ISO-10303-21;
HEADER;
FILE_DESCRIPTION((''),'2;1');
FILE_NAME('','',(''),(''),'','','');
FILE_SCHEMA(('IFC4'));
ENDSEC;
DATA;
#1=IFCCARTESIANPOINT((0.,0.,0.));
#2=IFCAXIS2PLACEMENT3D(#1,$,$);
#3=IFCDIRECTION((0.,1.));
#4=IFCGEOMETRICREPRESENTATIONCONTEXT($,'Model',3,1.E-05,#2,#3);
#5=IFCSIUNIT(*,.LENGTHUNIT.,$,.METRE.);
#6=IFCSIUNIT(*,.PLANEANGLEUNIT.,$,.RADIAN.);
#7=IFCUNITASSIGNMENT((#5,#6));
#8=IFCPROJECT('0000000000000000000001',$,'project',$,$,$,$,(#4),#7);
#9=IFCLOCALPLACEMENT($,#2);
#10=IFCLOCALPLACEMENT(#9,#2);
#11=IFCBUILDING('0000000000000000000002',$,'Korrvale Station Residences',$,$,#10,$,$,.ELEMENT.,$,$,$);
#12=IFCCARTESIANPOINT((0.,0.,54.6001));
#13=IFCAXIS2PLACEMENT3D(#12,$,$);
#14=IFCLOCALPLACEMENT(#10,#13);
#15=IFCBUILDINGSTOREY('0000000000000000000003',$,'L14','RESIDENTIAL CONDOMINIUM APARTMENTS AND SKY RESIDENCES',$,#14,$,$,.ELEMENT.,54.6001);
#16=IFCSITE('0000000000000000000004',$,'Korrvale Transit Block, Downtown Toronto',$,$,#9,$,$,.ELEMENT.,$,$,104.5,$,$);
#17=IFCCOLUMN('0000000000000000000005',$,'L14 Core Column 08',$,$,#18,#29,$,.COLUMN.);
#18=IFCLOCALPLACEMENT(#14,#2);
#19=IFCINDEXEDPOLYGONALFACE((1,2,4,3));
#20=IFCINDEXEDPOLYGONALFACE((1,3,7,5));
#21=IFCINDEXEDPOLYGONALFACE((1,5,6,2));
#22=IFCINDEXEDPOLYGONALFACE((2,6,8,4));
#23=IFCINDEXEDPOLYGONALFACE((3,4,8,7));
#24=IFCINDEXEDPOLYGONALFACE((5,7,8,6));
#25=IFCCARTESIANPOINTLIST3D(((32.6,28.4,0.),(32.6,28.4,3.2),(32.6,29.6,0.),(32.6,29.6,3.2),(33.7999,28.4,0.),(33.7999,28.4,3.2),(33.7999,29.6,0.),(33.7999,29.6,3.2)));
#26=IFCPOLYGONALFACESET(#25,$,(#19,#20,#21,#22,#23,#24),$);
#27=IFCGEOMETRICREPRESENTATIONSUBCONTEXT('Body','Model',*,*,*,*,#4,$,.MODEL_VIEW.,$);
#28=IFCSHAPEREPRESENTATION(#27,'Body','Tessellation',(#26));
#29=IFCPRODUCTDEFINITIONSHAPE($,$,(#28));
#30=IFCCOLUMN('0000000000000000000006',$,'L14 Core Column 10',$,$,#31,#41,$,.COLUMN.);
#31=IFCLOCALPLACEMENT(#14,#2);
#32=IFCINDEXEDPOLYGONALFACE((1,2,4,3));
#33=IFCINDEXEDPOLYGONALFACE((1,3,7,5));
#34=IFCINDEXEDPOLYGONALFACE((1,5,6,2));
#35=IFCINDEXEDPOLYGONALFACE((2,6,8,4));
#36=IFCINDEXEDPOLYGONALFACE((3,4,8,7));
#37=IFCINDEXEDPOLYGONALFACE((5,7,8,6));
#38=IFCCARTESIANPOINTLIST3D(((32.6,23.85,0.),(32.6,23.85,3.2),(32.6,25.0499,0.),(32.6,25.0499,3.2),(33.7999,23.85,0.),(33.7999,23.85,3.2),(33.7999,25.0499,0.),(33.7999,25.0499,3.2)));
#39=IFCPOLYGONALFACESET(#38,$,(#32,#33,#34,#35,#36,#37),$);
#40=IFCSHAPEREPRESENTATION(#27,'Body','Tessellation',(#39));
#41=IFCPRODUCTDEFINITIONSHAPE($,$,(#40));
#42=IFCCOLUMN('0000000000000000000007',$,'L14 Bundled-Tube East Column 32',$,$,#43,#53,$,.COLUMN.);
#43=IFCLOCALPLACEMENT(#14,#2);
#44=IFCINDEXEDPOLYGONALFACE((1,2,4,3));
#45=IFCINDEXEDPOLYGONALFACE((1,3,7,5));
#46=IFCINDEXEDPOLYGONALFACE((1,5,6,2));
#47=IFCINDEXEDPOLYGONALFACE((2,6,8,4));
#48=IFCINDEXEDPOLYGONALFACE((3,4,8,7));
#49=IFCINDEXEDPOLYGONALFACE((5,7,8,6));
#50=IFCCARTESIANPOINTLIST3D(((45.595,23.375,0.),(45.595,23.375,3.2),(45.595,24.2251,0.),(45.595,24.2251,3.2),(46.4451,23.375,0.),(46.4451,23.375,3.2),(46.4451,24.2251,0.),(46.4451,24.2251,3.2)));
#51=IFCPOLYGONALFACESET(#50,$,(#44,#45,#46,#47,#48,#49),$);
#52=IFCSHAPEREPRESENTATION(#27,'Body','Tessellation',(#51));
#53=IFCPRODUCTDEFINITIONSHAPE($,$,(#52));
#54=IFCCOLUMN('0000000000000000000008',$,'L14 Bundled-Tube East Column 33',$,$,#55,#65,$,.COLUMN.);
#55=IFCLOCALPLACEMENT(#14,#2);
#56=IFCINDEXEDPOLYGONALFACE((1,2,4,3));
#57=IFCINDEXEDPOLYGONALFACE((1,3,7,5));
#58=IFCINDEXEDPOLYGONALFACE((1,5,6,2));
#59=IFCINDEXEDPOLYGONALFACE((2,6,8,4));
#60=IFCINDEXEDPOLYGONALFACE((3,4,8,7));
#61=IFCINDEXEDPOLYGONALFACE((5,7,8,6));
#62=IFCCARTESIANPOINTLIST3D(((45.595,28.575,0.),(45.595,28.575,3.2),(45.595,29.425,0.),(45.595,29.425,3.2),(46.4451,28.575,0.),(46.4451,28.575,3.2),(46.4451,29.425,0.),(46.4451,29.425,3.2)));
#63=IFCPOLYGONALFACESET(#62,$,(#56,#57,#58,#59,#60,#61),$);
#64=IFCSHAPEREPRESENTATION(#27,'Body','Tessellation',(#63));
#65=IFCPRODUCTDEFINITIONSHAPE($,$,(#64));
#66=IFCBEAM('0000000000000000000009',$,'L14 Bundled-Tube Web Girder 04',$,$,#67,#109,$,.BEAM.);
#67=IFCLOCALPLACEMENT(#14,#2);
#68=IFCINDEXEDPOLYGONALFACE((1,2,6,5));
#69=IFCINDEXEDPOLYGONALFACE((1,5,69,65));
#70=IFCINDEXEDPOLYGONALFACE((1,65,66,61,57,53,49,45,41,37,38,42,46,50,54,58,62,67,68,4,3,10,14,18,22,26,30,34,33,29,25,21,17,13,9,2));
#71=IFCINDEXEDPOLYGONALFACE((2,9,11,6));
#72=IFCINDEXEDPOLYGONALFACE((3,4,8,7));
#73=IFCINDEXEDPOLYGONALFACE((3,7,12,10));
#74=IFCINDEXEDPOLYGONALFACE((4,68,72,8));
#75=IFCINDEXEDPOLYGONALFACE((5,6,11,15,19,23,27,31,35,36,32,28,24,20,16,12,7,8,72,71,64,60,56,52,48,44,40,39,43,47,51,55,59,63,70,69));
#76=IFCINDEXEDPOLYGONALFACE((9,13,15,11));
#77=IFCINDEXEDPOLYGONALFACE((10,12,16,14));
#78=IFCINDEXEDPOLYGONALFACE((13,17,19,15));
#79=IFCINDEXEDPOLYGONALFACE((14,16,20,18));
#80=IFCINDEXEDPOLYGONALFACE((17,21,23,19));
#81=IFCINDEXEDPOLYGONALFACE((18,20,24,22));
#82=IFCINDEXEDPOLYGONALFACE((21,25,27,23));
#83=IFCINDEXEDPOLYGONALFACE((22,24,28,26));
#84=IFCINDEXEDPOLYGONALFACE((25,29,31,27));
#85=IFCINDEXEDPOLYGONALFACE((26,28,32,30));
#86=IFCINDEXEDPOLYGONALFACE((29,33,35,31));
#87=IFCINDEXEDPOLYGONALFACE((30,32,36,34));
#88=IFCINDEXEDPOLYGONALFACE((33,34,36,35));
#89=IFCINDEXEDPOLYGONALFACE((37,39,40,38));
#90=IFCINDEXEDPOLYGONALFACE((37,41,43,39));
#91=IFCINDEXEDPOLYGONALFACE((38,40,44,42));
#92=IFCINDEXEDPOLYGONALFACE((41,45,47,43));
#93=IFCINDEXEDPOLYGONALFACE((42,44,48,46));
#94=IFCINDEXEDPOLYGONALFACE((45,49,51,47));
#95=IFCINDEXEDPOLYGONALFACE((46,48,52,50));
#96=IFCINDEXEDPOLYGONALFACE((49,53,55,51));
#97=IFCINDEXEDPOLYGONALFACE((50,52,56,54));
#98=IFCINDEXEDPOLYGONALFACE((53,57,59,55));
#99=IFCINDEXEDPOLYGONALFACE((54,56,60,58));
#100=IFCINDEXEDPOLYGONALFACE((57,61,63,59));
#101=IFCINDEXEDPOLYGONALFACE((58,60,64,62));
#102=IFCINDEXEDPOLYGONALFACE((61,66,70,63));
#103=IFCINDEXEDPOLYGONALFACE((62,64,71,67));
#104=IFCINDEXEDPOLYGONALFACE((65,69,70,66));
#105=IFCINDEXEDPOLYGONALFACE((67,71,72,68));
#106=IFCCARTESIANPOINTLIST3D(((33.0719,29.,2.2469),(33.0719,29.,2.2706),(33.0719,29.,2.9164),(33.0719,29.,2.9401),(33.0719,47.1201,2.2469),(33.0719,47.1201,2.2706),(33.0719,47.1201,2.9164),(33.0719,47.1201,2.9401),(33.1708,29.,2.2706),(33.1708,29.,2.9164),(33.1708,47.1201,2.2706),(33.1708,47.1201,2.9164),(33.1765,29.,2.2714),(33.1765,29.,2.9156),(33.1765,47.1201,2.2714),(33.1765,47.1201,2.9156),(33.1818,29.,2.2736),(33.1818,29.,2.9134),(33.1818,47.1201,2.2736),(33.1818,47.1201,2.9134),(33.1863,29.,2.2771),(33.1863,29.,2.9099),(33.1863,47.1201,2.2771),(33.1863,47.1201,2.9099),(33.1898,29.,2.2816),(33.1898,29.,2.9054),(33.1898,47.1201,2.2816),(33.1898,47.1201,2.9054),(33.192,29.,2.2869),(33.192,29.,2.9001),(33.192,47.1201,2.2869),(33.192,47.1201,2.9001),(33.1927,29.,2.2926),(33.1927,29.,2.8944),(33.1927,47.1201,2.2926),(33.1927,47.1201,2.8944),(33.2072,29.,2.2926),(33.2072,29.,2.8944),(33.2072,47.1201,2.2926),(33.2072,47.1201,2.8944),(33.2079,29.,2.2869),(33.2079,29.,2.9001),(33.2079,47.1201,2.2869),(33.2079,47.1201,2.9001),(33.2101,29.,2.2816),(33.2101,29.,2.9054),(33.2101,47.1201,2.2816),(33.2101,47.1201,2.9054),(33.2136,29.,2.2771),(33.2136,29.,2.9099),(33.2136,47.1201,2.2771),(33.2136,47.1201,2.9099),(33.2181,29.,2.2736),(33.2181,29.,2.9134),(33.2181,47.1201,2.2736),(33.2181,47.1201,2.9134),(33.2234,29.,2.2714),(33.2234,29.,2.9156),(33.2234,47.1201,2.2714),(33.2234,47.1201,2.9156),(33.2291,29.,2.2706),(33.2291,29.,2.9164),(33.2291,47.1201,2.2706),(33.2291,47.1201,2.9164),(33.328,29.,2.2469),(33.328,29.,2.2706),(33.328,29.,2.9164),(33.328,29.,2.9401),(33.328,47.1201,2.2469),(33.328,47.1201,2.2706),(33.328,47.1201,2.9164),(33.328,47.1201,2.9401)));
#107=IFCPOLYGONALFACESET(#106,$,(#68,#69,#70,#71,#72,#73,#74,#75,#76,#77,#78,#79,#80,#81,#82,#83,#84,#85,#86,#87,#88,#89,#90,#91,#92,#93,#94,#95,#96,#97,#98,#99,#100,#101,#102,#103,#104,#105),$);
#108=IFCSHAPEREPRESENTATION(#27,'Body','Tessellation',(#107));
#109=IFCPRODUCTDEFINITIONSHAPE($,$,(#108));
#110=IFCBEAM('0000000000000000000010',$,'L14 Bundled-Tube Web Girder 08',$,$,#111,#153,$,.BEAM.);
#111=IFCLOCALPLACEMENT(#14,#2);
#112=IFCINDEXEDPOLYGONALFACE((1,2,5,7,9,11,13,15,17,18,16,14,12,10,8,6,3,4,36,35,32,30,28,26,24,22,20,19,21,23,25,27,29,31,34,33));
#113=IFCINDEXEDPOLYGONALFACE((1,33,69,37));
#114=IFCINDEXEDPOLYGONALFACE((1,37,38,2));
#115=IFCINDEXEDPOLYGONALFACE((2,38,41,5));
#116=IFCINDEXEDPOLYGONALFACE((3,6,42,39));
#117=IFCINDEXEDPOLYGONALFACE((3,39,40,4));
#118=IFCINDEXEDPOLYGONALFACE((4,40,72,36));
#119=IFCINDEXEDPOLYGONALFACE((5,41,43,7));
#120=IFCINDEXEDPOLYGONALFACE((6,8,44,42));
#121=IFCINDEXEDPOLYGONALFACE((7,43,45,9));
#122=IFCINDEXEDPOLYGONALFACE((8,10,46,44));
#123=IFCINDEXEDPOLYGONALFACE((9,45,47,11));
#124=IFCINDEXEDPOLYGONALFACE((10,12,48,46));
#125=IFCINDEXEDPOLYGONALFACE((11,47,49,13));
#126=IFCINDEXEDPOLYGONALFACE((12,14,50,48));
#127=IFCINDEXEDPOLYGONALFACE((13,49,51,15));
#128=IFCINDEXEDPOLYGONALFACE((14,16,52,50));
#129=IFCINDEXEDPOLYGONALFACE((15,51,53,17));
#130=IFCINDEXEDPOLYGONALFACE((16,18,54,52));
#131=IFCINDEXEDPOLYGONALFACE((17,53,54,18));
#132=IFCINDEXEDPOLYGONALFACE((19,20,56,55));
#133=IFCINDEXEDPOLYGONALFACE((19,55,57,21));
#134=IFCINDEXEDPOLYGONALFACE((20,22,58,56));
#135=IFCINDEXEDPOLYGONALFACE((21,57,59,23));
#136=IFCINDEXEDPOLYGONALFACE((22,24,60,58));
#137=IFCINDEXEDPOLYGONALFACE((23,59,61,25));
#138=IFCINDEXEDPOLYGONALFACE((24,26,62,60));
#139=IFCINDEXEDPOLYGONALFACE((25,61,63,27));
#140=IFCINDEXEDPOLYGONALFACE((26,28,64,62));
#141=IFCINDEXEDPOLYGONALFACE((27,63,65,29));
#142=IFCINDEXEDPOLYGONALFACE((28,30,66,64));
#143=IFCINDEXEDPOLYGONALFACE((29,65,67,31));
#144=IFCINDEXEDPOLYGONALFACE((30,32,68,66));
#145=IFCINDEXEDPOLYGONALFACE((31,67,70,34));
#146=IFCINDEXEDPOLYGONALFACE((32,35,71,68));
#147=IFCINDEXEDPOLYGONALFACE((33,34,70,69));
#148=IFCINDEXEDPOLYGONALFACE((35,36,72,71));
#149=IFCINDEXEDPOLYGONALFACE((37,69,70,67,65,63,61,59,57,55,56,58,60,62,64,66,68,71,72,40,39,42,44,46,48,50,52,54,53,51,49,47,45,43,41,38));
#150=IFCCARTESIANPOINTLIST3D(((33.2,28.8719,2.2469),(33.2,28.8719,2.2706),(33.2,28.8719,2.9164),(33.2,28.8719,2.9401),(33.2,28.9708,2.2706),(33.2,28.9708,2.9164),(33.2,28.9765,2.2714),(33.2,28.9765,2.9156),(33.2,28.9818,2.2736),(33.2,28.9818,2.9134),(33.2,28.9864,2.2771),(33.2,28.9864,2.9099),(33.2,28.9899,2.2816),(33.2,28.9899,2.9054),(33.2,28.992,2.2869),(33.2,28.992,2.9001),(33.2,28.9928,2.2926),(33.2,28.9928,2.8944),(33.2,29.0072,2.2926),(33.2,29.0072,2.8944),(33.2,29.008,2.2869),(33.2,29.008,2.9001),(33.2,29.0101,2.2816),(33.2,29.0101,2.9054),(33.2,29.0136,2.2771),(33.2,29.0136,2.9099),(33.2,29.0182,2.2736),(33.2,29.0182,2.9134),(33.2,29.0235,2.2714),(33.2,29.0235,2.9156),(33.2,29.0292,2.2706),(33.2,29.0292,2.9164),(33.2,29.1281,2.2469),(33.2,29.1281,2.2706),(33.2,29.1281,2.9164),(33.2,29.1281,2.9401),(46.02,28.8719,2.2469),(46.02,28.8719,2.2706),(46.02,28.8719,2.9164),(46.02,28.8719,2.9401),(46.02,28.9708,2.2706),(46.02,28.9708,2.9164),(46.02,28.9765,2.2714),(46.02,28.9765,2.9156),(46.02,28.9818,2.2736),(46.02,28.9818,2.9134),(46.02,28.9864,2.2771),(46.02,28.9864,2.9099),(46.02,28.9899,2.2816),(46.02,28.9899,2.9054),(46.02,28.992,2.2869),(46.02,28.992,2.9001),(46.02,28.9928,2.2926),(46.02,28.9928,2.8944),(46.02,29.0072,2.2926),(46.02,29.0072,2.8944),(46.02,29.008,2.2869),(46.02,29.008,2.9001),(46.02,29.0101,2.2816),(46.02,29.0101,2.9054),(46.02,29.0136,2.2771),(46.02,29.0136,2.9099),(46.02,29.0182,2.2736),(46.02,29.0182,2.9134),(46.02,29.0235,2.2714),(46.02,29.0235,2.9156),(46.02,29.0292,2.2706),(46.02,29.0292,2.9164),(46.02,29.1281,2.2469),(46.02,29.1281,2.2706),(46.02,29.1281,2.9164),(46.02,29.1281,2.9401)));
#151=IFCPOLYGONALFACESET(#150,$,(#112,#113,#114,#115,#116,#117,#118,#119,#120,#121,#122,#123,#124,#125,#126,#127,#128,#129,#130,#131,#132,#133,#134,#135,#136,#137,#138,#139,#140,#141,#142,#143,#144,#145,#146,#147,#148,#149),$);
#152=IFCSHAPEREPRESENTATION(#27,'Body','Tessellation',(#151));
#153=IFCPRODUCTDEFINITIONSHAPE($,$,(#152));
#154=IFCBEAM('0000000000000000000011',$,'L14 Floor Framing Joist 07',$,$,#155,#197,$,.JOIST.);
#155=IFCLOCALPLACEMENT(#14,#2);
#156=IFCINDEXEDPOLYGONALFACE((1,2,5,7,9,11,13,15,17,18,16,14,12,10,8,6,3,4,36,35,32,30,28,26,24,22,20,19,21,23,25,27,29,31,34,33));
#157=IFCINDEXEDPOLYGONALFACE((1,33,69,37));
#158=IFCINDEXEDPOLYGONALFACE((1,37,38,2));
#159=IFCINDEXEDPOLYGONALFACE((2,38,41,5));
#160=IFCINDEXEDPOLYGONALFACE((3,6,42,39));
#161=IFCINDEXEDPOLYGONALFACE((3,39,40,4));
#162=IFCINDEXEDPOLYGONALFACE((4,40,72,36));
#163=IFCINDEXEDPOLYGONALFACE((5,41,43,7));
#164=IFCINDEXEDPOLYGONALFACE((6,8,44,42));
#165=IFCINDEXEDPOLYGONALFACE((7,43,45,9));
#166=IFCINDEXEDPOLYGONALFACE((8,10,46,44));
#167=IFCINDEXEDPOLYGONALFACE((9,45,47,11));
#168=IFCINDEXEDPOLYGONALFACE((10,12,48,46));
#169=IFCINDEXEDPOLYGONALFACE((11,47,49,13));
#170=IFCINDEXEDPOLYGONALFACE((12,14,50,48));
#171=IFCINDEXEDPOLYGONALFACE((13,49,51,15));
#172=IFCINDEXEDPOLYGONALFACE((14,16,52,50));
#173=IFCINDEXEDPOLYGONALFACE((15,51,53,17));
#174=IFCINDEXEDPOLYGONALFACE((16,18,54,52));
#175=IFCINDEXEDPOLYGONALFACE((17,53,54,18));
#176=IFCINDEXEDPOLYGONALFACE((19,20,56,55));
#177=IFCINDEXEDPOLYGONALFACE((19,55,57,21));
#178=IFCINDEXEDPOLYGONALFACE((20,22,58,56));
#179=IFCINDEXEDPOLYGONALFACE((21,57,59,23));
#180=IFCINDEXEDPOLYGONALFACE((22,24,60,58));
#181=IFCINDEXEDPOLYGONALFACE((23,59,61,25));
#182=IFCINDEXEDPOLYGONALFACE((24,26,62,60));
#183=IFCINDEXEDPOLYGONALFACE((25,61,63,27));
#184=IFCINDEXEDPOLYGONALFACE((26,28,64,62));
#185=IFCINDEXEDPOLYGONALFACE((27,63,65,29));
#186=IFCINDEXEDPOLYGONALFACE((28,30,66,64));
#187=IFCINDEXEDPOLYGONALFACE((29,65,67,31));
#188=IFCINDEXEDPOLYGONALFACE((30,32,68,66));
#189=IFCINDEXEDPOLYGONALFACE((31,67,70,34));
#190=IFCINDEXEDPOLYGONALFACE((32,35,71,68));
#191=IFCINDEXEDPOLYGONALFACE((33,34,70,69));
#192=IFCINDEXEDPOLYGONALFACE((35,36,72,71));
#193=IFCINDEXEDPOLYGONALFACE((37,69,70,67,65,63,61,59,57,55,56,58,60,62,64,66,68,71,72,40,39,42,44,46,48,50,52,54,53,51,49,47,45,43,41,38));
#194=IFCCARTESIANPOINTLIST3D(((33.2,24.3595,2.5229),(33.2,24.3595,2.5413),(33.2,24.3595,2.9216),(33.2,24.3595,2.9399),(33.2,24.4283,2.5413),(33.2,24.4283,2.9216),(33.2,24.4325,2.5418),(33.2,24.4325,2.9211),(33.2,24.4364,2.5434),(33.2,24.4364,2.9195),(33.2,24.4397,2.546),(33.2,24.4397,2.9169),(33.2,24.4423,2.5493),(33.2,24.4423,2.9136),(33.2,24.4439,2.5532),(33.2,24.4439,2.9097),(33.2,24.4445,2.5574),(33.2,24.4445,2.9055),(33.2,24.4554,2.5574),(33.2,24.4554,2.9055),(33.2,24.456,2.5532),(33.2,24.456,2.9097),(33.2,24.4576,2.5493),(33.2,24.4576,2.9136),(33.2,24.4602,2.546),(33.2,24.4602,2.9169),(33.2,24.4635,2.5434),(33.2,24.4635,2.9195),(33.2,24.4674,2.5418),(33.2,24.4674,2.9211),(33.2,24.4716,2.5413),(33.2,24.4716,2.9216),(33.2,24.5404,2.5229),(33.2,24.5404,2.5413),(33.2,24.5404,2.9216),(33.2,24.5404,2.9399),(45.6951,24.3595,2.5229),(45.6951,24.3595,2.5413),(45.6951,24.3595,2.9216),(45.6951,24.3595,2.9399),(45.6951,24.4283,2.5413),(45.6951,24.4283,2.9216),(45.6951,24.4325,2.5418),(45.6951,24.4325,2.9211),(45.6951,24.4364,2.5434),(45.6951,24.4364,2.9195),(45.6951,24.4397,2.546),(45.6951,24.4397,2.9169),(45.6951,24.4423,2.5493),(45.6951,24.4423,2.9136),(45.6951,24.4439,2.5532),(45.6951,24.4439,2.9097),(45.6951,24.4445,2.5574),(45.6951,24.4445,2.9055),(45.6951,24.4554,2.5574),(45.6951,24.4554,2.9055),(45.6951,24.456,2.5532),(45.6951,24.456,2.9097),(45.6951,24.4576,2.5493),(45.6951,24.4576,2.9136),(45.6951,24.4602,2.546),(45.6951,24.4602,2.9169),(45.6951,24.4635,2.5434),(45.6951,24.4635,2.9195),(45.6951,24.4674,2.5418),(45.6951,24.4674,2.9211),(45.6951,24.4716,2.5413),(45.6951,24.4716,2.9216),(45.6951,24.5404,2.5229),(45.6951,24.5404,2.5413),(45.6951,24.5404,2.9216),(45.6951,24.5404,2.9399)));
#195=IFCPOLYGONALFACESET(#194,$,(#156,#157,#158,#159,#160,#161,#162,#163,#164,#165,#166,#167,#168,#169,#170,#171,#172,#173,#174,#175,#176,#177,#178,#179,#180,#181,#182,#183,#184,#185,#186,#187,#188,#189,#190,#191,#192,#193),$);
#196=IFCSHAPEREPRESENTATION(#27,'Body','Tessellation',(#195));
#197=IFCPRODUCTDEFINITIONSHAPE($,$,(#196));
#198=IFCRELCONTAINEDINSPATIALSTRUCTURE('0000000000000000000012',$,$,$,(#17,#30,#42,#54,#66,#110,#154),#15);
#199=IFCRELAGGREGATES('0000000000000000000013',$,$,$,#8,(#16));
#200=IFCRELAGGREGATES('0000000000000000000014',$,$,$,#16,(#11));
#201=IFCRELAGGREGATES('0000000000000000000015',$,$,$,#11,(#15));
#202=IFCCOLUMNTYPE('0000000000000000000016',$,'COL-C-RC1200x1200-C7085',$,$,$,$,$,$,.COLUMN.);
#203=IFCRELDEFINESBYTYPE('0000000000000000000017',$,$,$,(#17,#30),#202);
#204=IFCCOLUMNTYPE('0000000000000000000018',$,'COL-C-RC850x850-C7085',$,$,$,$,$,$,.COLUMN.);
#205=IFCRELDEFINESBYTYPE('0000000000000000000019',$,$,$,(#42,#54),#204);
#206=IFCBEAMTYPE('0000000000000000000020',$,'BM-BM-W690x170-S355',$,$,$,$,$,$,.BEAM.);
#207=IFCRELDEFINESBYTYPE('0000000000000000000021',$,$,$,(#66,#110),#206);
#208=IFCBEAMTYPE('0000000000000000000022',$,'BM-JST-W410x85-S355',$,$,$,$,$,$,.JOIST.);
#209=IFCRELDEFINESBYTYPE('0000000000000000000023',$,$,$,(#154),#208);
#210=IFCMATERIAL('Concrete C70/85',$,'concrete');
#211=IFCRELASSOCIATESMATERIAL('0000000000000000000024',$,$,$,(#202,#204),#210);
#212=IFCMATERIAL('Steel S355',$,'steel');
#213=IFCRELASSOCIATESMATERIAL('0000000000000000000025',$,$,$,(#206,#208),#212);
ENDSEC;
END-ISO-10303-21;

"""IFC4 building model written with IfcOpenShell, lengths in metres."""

from ifc_helpers import new_model, si_unit, direction, frame, origin, origin_2d, place, context, subcontext, project, spatial, rectangle, i_section, extrude, material, material_profile, profile_set, type_object, element, save


model = new_model("IFC4")

# Units and contexts
model_context = context("Model", 3, precision=1e-05, world=origin(), true_north=direction((0.0, 1.0)))
body_context = subcontext(model_context, "Body", "Model", "MODEL_VIEW")
ifc_project = project(units=[si_unit("LENGTHUNIT", "METRE"), si_unit("PLANEANGLEUNIT", "RADIAN")], contexts=[model_context])

# Site, building, storey
site_placement = place(None, origin())
site = spatial("IfcSite", under=ifc_project, at=site_placement, Name="Korrvale Transit Block, Downtown Toronto", CompositionType="ELEMENT", RefElevation=104.5)
building_placement = place(site_placement, origin())
building = spatial("IfcBuilding", under=site, at=building_placement, Name="Korrvale Station Residences", CompositionType="ELEMENT")
storey_placement = place(building_placement, frame((0.0, 0.0, 54.6001)))
storey = spatial("IfcBuildingStorey", under=building, at=storey_placement, Name="L14", Description="RESIDENTIAL CONDOMINIUM APARTMENTS AND SKY RESIDENCES", CompositionType="ELEMENT", Elevation=54.6001)

# Columns
ifc_material_1 = material(Name="Concrete C70/85", Category="concrete")
ifc_material_profile_1 = material_profile(ifc_material_1, rectangle(XDim=1.2, YDim=1.2, at=origin_2d()), Name="RC1200x1200")
ifc_profile_set_1 = profile_set([ifc_material_profile_1], Name="Concrete C70/85")
column_type_1 = type_object("IfcColumnType", Name="COL-C-RC1200x1200-C7085", PredefinedType="COLUMN", material=ifc_profile_set_1)
for number, where, z_axis, x_axis, name in (
    (1, (33.2, 29.0, 0.0), (0.0, 0.0, 1.0), (1.0, 0.0, 0.0), "L14 Core Column 08"),
    (2, (33.2, 24.45, 0.0), (0.0, 0.0, 1.0), (1.0, 0.0, 0.0), "L14 Core Column 10"),
):
    element("IfcColumn", number, at=place(storey_placement, frame(where, z_axis=z_axis, x_axis=x_axis)), inside=storey, type_object=column_type_1, Name=name, PredefinedType="COLUMN", context=body_context, shape_type="SweptSolid", body=[
        extrude(rectangle(XDim=1.2, YDim=1.2, at=origin_2d()), origin(), (0.0, 0.0, 1.0), 3.2),
    ])
ifc_material_profile_2 = material_profile(ifc_material_1, rectangle(XDim=0.8501, YDim=0.8501, at=origin_2d()), Name="RC850x850")
ifc_profile_set_2 = profile_set([ifc_material_profile_2], Name="Concrete C70/85")
column_type_2 = type_object("IfcColumnType", Name="COL-C-RC850x850-C7085", PredefinedType="COLUMN", material=ifc_profile_set_2)
for number, where, z_axis, x_axis, name in (
    (3, (46.02, 23.8, 0.0), (0.0, 0.0, 1.0), (1.0, 0.0, 0.0), "L14 Bundled-Tube East Column 32"),
    (4, (46.02, 29.0, 0.0), (0.0, 0.0, 1.0), (1.0, 0.0, 0.0), "L14 Bundled-Tube East Column 33"),
):
    element("IfcColumn", number, at=place(storey_placement, frame(where, z_axis=z_axis, x_axis=x_axis)), inside=storey, type_object=column_type_2, Name=name, PredefinedType="COLUMN", context=body_context, shape_type="SweptSolid", body=[
        extrude(rectangle(XDim=0.8501, YDim=0.8501, at=origin_2d()), origin(), (0.0, 0.0, 1.0), 3.2),
    ])

# Beams
ifc_material_2 = material(Name="Steel S355", Category="steel")
ifc_material_profile_3 = material_profile(ifc_material_2, i_section(OverallWidth=0.2561, OverallDepth=0.6931, WebThickness=0.0144, FlangeThickness=0.0237, FilletRadius=0.022, at=origin_2d()), Name="W690x170")
ifc_profile_set_3 = profile_set([ifc_material_profile_3], Name="Steel S355")
beam_type_1 = type_object("IfcBeamType", Name="BM-BM-W690x170-S355", PredefinedType="BEAM", material=ifc_profile_set_3)
beam_1_placement = place(storey_placement, frame((33.2, 29.0, 2.5935), z_axis=(0.0, 1.0, 0.0), x_axis=(-1.0, 0.0, 0.0)))
element("IfcBeam", 5, at=beam_1_placement, inside=storey, type_object=beam_type_1, Name="L14 Bundled-Tube Web Girder 04", PredefinedType="BEAM", context=body_context, shape_type="SweptSolid", body=[
    extrude(i_section(OverallWidth=0.2561, OverallDepth=0.6931, WebThickness=0.0144, FlangeThickness=0.0237, FilletRadius=0.022, at=origin_2d()), origin(), (0.0, 0.0, 1.0), 18.1201),
])
beam_2_placement = place(storey_placement, frame((33.2, 29.0, 2.5935), z_axis=(1.0, 0.0, 0.0), x_axis=(0.0, 1.0, 0.0)))
element("IfcBeam", 6, at=beam_2_placement, inside=storey, type_object=beam_type_1, Name="L14 Bundled-Tube Web Girder 08", PredefinedType="BEAM", context=body_context, shape_type="SweptSolid", body=[
    extrude(i_section(OverallWidth=0.2561, OverallDepth=0.6931, WebThickness=0.0144, FlangeThickness=0.0237, FilletRadius=0.022, at=origin_2d()), origin(), (0.0, 0.0, 1.0), 12.8201),
])
ifc_material_profile_4 = material_profile(ifc_material_2, i_section(OverallWidth=0.1809, OverallDepth=0.417, WebThickness=0.011, FlangeThickness=0.0183, FilletRadius=0.0161, at=origin_2d()), Name="W410x85")
ifc_profile_set_4 = profile_set([ifc_material_profile_4], Name="Steel S355")
beam_type_2 = type_object("IfcBeamType", Name="BM-JST-W410x85-S355", PredefinedType="JOIST", material=ifc_profile_set_4)
beam_3_placement = place(storey_placement, frame((33.2, 24.45, 2.7314), z_axis=(1.0, 0.0, 0.0), x_axis=(0.0, 1.0, 0.0)))
element("IfcBeam", 7, at=beam_3_placement, inside=storey, type_object=beam_type_2, Name="L14 Floor Framing Joist 07", PredefinedType="JOIST", context=body_context, shape_type="SweptSolid", body=[
    extrude(i_section(OverallWidth=0.1809, OverallDepth=0.417, WebThickness=0.011, FlangeThickness=0.0183, FilletRadius=0.0161, at=origin_2d()), origin(), (0.0, 0.0, 1.0), 12.4951),
])

save(model, "model.ifc")
